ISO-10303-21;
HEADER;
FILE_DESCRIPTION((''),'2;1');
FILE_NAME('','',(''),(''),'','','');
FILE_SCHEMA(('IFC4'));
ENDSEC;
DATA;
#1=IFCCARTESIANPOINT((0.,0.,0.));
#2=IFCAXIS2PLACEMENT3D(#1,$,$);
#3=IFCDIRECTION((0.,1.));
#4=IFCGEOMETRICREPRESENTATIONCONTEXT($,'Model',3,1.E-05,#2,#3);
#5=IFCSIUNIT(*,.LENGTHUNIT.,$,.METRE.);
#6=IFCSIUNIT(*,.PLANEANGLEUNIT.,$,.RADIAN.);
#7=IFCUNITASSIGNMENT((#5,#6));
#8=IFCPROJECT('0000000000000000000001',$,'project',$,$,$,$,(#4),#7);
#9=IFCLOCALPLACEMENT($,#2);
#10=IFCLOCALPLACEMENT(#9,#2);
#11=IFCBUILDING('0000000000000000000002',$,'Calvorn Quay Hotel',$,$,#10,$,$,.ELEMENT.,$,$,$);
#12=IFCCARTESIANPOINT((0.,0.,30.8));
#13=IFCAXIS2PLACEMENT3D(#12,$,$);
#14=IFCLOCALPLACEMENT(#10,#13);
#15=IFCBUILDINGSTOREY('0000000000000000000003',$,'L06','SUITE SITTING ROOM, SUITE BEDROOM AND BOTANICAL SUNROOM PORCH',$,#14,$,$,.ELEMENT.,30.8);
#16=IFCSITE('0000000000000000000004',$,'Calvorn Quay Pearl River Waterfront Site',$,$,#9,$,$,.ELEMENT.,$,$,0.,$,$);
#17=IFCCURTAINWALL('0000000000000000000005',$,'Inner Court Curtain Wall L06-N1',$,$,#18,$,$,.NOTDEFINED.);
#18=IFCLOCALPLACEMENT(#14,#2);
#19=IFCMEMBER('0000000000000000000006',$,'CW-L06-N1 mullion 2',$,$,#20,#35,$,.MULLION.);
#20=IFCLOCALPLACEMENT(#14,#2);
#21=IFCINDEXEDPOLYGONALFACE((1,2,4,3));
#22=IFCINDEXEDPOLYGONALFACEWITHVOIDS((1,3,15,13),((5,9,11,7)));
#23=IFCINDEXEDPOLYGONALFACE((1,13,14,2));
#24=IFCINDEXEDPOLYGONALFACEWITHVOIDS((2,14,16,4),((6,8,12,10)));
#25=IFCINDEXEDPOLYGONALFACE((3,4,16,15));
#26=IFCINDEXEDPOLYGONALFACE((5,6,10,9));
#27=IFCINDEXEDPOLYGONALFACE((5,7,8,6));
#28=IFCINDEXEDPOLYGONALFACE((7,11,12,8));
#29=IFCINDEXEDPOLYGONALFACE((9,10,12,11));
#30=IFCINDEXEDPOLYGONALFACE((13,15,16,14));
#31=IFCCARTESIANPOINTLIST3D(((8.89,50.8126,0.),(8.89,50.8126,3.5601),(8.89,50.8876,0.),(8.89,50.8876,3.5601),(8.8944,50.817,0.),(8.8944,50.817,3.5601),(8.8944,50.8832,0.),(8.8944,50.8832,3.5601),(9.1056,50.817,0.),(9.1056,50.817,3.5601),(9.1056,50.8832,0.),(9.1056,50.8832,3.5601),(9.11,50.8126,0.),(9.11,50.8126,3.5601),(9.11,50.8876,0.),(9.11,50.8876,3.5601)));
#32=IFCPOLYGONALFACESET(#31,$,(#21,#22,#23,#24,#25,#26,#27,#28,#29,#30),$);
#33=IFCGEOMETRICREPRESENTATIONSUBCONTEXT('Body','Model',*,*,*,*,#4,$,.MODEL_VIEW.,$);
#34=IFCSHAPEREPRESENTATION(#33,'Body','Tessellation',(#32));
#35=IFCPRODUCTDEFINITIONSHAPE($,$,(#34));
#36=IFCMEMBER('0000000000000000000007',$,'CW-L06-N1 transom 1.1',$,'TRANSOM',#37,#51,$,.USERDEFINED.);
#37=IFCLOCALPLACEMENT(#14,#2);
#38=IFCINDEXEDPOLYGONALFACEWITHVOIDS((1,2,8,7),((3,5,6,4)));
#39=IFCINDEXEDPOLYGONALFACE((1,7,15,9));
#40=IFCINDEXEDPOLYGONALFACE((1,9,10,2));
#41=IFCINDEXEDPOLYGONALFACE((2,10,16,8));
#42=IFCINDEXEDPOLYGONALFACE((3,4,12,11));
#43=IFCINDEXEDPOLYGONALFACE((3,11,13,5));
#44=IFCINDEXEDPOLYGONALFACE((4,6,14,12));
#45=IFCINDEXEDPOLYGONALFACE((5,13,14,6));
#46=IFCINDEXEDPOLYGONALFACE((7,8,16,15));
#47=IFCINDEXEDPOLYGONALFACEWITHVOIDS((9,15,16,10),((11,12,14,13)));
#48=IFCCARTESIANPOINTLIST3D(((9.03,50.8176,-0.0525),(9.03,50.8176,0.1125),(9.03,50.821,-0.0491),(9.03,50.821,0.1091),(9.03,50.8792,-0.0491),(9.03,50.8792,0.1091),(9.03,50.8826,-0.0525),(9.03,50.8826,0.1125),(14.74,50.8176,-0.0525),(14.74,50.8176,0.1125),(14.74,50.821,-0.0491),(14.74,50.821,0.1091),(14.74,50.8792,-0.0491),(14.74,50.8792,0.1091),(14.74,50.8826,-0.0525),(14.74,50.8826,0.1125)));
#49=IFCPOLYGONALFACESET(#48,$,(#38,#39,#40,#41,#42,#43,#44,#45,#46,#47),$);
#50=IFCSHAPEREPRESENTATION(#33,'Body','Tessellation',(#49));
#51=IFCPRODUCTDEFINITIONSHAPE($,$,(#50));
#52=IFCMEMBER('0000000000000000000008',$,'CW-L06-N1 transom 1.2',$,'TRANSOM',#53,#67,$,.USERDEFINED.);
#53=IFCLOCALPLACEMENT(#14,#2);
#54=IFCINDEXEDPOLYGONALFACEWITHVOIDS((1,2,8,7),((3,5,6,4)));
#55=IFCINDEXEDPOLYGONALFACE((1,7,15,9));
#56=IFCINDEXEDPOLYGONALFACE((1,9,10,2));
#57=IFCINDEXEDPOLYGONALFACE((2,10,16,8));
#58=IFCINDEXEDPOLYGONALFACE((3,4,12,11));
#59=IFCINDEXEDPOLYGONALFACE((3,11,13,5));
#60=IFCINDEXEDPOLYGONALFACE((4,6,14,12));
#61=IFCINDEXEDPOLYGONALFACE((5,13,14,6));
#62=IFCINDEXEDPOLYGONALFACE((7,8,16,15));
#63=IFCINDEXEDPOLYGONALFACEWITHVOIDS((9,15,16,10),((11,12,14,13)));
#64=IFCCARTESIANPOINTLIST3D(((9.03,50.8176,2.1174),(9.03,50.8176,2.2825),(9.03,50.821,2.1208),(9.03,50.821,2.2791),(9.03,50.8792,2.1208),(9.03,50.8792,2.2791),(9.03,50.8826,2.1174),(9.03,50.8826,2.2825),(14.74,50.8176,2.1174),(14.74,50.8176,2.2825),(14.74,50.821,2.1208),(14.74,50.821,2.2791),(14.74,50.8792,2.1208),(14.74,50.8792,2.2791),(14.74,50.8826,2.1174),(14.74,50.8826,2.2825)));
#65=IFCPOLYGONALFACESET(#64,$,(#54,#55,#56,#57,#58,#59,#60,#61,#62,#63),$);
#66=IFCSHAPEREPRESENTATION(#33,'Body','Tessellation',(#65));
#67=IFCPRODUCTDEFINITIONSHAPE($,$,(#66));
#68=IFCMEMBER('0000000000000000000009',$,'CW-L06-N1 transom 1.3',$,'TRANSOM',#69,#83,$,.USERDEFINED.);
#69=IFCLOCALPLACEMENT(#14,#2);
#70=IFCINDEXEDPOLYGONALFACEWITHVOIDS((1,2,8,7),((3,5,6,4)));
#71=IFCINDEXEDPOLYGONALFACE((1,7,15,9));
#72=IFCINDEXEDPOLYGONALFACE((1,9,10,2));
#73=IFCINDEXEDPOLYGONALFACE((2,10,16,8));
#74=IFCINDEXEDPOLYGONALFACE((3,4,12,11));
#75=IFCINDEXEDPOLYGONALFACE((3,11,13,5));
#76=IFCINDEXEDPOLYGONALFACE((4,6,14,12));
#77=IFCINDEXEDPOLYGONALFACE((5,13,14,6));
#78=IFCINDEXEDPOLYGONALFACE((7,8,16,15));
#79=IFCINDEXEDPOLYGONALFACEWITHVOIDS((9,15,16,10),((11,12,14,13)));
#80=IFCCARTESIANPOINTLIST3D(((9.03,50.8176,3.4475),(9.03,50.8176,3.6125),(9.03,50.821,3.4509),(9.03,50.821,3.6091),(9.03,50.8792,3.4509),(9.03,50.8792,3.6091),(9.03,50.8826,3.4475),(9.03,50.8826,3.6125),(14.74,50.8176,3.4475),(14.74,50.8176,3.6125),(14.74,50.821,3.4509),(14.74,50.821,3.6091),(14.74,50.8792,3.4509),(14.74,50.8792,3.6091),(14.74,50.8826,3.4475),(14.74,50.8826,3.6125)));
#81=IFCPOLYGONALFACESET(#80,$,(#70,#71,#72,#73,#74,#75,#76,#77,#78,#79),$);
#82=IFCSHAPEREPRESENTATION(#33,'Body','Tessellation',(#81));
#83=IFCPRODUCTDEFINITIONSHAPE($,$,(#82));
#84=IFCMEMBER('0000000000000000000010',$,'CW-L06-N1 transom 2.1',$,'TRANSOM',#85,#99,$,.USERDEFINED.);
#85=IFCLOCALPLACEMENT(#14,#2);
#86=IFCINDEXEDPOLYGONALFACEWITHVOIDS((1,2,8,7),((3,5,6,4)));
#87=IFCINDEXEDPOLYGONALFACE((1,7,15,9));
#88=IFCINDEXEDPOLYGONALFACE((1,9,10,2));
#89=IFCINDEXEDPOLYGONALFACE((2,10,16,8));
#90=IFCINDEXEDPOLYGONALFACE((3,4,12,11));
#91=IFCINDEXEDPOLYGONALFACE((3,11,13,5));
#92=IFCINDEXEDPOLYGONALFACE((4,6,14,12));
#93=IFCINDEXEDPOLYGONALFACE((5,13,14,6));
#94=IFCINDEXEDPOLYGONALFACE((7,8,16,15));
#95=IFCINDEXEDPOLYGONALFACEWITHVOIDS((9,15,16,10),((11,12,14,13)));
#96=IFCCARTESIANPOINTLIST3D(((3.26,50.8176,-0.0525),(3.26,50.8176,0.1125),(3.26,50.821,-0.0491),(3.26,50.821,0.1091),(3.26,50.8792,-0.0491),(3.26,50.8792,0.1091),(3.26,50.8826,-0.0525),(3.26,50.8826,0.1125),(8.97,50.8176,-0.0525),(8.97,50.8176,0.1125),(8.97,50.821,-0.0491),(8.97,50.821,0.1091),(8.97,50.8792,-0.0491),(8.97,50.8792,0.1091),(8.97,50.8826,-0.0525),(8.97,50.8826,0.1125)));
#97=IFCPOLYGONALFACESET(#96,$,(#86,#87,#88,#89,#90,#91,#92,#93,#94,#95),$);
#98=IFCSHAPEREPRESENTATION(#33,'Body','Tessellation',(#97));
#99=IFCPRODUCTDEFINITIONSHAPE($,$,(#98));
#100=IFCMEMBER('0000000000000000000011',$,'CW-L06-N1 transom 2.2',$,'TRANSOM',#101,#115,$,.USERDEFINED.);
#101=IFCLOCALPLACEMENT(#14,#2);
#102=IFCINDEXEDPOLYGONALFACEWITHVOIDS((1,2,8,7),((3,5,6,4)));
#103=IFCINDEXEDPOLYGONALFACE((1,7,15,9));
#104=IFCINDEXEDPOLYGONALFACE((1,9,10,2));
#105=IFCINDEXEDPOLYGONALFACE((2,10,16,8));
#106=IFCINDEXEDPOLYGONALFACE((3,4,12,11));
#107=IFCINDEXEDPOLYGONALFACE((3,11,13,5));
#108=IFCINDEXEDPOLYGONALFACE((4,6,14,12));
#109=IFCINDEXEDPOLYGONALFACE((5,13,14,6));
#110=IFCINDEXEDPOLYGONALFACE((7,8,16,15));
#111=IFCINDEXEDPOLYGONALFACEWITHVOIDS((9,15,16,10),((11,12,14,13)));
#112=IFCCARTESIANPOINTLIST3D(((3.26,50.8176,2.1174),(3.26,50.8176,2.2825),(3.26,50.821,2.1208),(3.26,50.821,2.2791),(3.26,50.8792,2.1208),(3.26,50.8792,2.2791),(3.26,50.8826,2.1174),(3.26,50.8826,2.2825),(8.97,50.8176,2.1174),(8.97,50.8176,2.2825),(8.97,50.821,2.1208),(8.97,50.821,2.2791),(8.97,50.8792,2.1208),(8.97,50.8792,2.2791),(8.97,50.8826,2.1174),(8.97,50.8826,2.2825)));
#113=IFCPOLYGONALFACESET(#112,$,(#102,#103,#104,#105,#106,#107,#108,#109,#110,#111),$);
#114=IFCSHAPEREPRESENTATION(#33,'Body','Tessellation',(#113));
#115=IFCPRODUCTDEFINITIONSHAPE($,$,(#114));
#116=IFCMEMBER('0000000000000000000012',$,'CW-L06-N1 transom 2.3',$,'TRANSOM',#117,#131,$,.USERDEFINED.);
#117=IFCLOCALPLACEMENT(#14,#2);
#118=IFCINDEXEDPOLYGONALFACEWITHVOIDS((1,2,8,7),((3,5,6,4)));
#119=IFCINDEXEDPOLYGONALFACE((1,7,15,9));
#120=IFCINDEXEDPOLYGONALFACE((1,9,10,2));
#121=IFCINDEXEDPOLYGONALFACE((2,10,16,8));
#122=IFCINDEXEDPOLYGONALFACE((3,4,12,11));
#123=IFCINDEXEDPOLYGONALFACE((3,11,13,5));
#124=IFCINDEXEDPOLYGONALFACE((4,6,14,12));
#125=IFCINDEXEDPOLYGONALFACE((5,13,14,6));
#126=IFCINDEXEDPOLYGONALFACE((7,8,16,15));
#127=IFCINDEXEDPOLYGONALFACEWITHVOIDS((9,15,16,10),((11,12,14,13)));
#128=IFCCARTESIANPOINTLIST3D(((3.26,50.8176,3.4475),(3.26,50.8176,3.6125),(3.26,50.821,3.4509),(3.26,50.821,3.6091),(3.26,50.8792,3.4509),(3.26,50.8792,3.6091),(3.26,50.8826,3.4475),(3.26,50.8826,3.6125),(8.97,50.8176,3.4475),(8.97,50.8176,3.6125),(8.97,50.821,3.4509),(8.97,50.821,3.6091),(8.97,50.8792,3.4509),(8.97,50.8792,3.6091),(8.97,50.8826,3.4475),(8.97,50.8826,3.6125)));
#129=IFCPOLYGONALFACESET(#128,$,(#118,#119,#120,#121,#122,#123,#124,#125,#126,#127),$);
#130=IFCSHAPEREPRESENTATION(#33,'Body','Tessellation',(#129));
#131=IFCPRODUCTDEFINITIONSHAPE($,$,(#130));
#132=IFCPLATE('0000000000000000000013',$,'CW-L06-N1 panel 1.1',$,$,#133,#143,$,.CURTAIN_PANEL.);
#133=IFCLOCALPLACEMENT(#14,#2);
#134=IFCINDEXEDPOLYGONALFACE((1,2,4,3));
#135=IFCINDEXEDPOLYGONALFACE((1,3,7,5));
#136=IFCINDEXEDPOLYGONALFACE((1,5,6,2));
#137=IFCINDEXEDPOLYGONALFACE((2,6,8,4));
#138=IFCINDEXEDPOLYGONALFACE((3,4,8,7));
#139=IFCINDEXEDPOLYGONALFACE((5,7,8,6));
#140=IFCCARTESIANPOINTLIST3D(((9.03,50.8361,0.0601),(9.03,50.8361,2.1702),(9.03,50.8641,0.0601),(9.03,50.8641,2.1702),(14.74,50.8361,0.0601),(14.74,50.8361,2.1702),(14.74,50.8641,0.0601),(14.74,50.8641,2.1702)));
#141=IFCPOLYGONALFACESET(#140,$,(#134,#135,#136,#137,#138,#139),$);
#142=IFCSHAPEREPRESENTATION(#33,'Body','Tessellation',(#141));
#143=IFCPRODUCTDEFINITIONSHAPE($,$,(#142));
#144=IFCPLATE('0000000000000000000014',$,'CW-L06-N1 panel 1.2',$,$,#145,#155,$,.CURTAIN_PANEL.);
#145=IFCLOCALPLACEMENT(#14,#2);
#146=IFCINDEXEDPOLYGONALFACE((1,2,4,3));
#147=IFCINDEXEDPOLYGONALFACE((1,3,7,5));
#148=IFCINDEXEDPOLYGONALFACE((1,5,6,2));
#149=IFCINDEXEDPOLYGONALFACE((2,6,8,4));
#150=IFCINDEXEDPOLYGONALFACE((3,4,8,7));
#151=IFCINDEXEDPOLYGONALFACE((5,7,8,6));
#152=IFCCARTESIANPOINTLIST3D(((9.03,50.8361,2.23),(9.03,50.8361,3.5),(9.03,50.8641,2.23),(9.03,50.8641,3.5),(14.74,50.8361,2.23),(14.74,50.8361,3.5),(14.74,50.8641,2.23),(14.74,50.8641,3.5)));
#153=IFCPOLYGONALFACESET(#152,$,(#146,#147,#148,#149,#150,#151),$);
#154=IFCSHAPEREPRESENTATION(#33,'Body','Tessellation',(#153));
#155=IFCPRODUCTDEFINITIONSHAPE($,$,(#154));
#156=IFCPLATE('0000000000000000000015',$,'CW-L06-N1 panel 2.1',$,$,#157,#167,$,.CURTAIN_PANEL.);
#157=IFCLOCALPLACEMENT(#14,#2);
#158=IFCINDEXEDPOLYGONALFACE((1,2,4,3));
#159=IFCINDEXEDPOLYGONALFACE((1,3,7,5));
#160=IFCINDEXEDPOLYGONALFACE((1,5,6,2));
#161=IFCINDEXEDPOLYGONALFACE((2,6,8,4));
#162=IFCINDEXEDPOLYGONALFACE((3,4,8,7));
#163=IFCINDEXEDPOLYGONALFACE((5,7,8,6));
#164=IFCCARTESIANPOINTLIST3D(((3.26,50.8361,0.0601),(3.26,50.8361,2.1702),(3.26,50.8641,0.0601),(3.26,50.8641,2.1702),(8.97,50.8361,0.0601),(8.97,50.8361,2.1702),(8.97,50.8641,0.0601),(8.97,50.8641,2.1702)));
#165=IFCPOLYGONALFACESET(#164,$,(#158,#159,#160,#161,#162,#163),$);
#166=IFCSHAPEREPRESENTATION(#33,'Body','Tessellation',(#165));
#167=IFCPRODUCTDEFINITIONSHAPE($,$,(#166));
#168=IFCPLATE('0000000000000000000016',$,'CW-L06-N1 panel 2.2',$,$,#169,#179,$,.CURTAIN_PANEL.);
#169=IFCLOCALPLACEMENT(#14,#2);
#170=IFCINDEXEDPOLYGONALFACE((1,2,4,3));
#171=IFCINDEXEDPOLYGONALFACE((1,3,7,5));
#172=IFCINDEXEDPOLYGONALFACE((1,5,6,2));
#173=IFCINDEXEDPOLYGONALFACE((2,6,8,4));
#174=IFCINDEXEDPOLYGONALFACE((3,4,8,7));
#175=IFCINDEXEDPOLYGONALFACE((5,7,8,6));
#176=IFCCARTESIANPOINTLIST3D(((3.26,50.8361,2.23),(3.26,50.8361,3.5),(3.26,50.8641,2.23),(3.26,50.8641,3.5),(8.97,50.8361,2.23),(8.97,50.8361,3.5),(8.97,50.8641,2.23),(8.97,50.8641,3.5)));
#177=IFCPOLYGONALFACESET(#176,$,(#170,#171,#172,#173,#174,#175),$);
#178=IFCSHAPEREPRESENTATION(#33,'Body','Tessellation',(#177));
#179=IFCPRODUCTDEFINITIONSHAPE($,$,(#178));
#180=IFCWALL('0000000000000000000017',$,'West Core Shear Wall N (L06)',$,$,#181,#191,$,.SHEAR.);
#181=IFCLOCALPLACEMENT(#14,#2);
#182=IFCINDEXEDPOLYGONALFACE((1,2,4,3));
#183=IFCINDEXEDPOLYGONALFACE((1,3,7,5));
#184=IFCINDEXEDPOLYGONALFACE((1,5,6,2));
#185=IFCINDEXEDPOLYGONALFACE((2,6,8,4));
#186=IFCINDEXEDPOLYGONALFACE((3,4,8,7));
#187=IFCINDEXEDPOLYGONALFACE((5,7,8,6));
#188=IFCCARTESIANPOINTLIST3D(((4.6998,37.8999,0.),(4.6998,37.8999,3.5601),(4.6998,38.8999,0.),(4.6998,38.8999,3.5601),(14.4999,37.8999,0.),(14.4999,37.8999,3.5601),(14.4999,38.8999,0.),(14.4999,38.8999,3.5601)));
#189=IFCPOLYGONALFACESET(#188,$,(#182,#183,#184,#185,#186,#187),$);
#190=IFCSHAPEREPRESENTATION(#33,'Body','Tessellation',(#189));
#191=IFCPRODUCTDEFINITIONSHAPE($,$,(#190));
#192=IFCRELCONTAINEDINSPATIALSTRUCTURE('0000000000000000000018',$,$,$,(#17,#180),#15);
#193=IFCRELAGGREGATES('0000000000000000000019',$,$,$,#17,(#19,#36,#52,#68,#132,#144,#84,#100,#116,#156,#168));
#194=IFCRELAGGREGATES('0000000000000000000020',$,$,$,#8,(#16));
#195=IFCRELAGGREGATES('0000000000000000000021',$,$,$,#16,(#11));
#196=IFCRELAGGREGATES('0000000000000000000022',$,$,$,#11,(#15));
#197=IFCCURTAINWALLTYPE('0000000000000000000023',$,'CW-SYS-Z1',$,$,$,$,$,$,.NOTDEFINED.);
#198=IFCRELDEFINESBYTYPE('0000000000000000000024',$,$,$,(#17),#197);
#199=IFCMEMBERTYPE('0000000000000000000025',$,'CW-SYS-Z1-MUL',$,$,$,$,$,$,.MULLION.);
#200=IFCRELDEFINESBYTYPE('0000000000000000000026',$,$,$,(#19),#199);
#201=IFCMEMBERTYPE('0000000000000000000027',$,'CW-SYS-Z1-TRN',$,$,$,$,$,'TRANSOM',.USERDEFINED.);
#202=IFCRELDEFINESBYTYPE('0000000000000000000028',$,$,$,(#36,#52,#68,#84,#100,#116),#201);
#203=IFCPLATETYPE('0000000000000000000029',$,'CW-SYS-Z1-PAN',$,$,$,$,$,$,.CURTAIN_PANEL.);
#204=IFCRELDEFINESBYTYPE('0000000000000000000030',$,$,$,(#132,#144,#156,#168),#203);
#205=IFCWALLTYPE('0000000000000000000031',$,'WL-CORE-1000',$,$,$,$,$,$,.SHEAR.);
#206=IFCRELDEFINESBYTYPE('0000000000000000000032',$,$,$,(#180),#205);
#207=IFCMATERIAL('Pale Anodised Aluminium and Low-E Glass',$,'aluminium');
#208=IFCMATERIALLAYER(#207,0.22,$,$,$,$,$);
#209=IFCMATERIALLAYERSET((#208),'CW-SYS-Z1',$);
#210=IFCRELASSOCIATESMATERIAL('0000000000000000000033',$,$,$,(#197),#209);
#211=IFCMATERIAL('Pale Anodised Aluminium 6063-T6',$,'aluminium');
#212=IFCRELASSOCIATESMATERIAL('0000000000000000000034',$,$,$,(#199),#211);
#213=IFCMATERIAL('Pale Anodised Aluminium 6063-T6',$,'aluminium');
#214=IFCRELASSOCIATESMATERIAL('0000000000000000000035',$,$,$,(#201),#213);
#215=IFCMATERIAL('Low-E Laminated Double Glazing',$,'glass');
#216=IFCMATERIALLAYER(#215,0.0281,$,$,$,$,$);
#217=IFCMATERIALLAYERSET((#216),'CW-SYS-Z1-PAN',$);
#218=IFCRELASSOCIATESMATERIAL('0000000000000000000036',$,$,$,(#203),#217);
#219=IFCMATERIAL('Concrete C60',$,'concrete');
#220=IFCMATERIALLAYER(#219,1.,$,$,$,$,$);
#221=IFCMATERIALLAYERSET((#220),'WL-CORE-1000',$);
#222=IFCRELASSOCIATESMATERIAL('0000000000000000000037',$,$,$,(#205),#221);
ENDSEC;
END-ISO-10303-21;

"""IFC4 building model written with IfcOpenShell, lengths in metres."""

from ifc_helpers import new_model, si_unit, direction, frame, frame_2d, origin, origin_2d, place, context, subcontext, project, spatial, rectangle, hollow_rectangle, extrude, material, layer, layer_set, material_profile, profile_set, type_object, element, aggregate, save


model = new_model("IFC4")

# Units and contexts
model_context = context("Model", 3, precision=1e-05, world=origin(), true_north=direction((0.0, 1.0)))
body_context = subcontext(model_context, "Body", "Model", "MODEL_VIEW")
ifc_project = project(units=[si_unit("LENGTHUNIT", "METRE"), si_unit("PLANEANGLEUNIT", "RADIAN")], contexts=[model_context])

# Site, building, storey
site_placement = place(None, origin())
site = spatial("IfcSite", under=ifc_project, at=site_placement, Name="Calvorn Quay Pearl River Waterfront Site", CompositionType="ELEMENT", RefElevation=0.0)
building_placement = place(site_placement, origin())
building = spatial("IfcBuilding", under=site, at=building_placement, Name="Calvorn Quay Hotel", CompositionType="ELEMENT")
storey_placement = place(building_placement, frame((0.0, 0.0, 30.8)))
storey = spatial("IfcBuildingStorey", under=building, at=storey_placement, Name="L06", Description="SUITE SITTING ROOM, SUITE BEDROOM AND BOTANICAL SUNROOM PORCH", CompositionType="ELEMENT", Elevation=30.8)

# Curtain wall, members, plates
ifc_material_1 = material(Name="Pale Anodised Aluminium and Low-E Glass", Category="aluminium")
ifc_layer_1 = layer(ifc_material_1, 0.22)
ifc_layer_set_1 = layer_set([ifc_layer_1], Name="CW-SYS-Z1")
curtain_wall_type = type_object("IfcCurtainWallType", Name="CW-SYS-Z1", PredefinedType="NOTDEFINED", material=ifc_layer_set_1)
curtain_wall_placement = place(storey_placement, origin())
curtain_wall = element("IfcCurtainWall", 1, at=curtain_wall_placement, inside=storey, type_object=curtain_wall_type, Name="Inner Court Curtain Wall L06-N1", PredefinedType="NOTDEFINED")
ifc_material_2 = material(Name="Pale Anodised Aluminium 6063-T6", Category="aluminium")
ifc_material_profile_1 = material_profile(ifc_material_2, hollow_rectangle(XDim=0.075, YDim=0.22, WallThickness=0.0044, at=origin_2d()), Name="ALU-M220x75x4.5")
ifc_profile_set_1 = profile_set([ifc_material_profile_1], Name="Pale Anodised Aluminium 6063-T6")
member_type_1 = type_object("IfcMemberType", Name="CW-SYS-Z1-MUL", PredefinedType="MULLION", material=ifc_profile_set_1)
member_1_placement = place(storey_placement, frame((9.0, 50.8501, 0.0), z_axis=(0.0, 0.0, 1.0), x_axis=(0.0, -1.0, 0.0)))
member_1 = element("IfcMember", 2, at=member_1_placement, type_object=member_type_1, Name="CW-L06-N1 mullion 2", PredefinedType="MULLION", context=body_context, shape_type="SweptSolid", body=[
    extrude(hollow_rectangle(XDim=0.075, YDim=0.22, WallThickness=0.0044, at=origin_2d()), origin(), (0.0, 0.0, 1.0), 3.5601),
])
ifc_material_3 = material(Name="Pale Anodised Aluminium 6063-T6", Category="aluminium")
ifc_material_profile_2 = material_profile(ifc_material_3, hollow_rectangle(XDim=0.0649, YDim=0.165, WallThickness=0.0034, at=origin_2d()), Name="ALU-T165x65x3.5")
ifc_profile_set_2 = profile_set([ifc_material_profile_2], Name="Pale Anodised Aluminium 6063-T6")
member_type_2 = type_object("IfcMemberType", Name="CW-SYS-Z1-TRN", ElementType="TRANSOM", PredefinedType="USERDEFINED", material=ifc_profile_set_2)
member_2_placement = place(storey_placement, frame((14.74, 50.8501, 0.03), z_axis=(-1.0, 0.0, 0.0), x_axis=(0.0, -1.0, 0.0)))
member_2 = element("IfcMember", 3, at=member_2_placement, type_object=member_type_2, Name="CW-L06-N1 transom 1.1", ObjectType="TRANSOM", PredefinedType="USERDEFINED", context=body_context, shape_type="SweptSolid", body=[
    extrude(hollow_rectangle(XDim=0.0649, YDim=0.165, WallThickness=0.0034, at=origin_2d()), origin(), (0.0, 0.0, 1.0), 5.71),
])
member_3_placement = place(storey_placement, frame((14.74, 50.8501, 2.2), z_axis=(-1.0, 0.0, 0.0), x_axis=(0.0, -1.0, 0.0)))
member_3 = element("IfcMember", 4, at=member_3_placement, type_object=member_type_2, Name="CW-L06-N1 transom 1.2", ObjectType="TRANSOM", PredefinedType="USERDEFINED", context=body_context, shape_type="SweptSolid", body=[
    extrude(hollow_rectangle(XDim=0.0649, YDim=0.165, WallThickness=0.0034, at=origin_2d()), origin(), (0.0, 0.0, 1.0), 5.71),
])
member_4_placement = place(storey_placement, frame((14.74, 50.8501, 3.53), z_axis=(-1.0, 0.0, 0.0), x_axis=(0.0, -1.0, 0.0)))
member_4 = element("IfcMember", 5, at=member_4_placement, type_object=member_type_2, Name="CW-L06-N1 transom 1.3", ObjectType="TRANSOM", PredefinedType="USERDEFINED", context=body_context, shape_type="SweptSolid", body=[
    extrude(hollow_rectangle(XDim=0.0649, YDim=0.165, WallThickness=0.0034, at=origin_2d()), origin(), (0.0, 0.0, 1.0), 5.71),
])
member_5_placement = place(storey_placement, frame((8.97, 50.8501, 0.03), z_axis=(-1.0, 0.0, 0.0), x_axis=(0.0, -1.0, 0.0)))
member_5 = element("IfcMember", 6, at=member_5_placement, type_object=member_type_2, Name="CW-L06-N1 transom 2.1", ObjectType="TRANSOM", PredefinedType="USERDEFINED", context=body_context, shape_type="SweptSolid", body=[
    extrude(hollow_rectangle(XDim=0.0649, YDim=0.165, WallThickness=0.0034, at=origin_2d()), origin(), (0.0, 0.0, 1.0), 5.71),
])
member_6_placement = place(storey_placement, frame((8.97, 50.8501, 2.2), z_axis=(-1.0, 0.0, 0.0), x_axis=(0.0, -1.0, 0.0)))
member_6 = element("IfcMember", 7, at=member_6_placement, type_object=member_type_2, Name="CW-L06-N1 transom 2.2", ObjectType="TRANSOM", PredefinedType="USERDEFINED", context=body_context, shape_type="SweptSolid", body=[
    extrude(hollow_rectangle(XDim=0.0649, YDim=0.165, WallThickness=0.0034, at=origin_2d()), origin(), (0.0, 0.0, 1.0), 5.71),
])
member_7_placement = place(storey_placement, frame((8.97, 50.8501, 3.53), z_axis=(-1.0, 0.0, 0.0), x_axis=(0.0, -1.0, 0.0)))
member_7 = element("IfcMember", 8, at=member_7_placement, type_object=member_type_2, Name="CW-L06-N1 transom 2.3", ObjectType="TRANSOM", PredefinedType="USERDEFINED", context=body_context, shape_type="SweptSolid", body=[
    extrude(hollow_rectangle(XDim=0.0649, YDim=0.165, WallThickness=0.0034, at=origin_2d()), origin(), (0.0, 0.0, 1.0), 5.71),
])
ifc_material_4 = material(Name="Low-E Laminated Double Glazing", Category="glass")
ifc_layer_2 = layer(ifc_material_4, 0.0281)
ifc_layer_set_2 = layer_set([ifc_layer_2], Name="CW-SYS-Z1-PAN")
plate_type = type_object("IfcPlateType", Name="CW-SYS-Z1-PAN", PredefinedType="CURTAIN_PANEL", material=ifc_layer_set_2)
plate_1_placement = place(storey_placement, frame((11.885, 50.8501, 0.0601), z_axis=(0.0, 0.0, 1.0), x_axis=(-1.0, 0.0, 0.0)))
plate_1 = element("IfcPlate", 9, at=plate_1_placement, type_object=plate_type, Name="CW-L06-N1 panel 1.1", PredefinedType="CURTAIN_PANEL", context=body_context, shape_type="SweptSolid", body=[
    extrude(rectangle(XDim=5.71, YDim=0.0281, at=origin_2d()), origin(), (0.0, 0.0, 1.0), 2.1101),
])
plate_2_placement = place(storey_placement, frame((11.885, 50.8501, 2.23), z_axis=(0.0, 0.0, 1.0), x_axis=(-1.0, 0.0, 0.0)))
plate_2 = element("IfcPlate", 10, at=plate_2_placement, type_object=plate_type, Name="CW-L06-N1 panel 1.2", PredefinedType="CURTAIN_PANEL", context=body_context, shape_type="SweptSolid", body=[
    extrude(rectangle(XDim=5.71, YDim=0.0281, at=origin_2d()), origin(), (0.0, 0.0, 1.0), 1.27),
])
plate_3_placement = place(storey_placement, frame((6.115, 50.8501, 0.0601), z_axis=(0.0, 0.0, 1.0), x_axis=(-1.0, 0.0, 0.0)))
plate_3 = element("IfcPlate", 11, at=plate_3_placement, type_object=plate_type, Name="CW-L06-N1 panel 2.1", PredefinedType="CURTAIN_PANEL", context=body_context, shape_type="SweptSolid", body=[
    extrude(rectangle(XDim=5.71, YDim=0.0281, at=origin_2d()), origin(), (0.0, 0.0, 1.0), 2.1101),
])
plate_4_placement = place(storey_placement, frame((6.115, 50.8501, 2.23), z_axis=(0.0, 0.0, 1.0), x_axis=(-1.0, 0.0, 0.0)))
plate_4 = element("IfcPlate", 12, at=plate_4_placement, type_object=plate_type, Name="CW-L06-N1 panel 2.2", PredefinedType="CURTAIN_PANEL", context=body_context, shape_type="SweptSolid", body=[
    extrude(rectangle(XDim=5.71, YDim=0.0281, at=origin_2d()), origin(), (0.0, 0.0, 1.0), 1.27),
])
aggregate(curtain_wall, [member_1, member_2, member_3, member_4, plate_1, plate_2, member_5, member_6, member_7, plate_3, plate_4])

# Wall
ifc_material_5 = material(Name="Concrete C60", Category="concrete")
ifc_layer_3 = layer(ifc_material_5, 1.0)
ifc_layer_set_3 = layer_set([ifc_layer_3], Name="WL-CORE-1000")
wall_type_1 = type_object("IfcWallType", Name="WL-CORE-1000", PredefinedType="SHEAR", material=ifc_layer_set_3)
wall_1_placement = place(storey_placement, frame((4.7, 38.3999, 0.0), z_axis=(0.0, 0.0, 1.0), x_axis=(1.0, 0.0, 0.0)))
element("IfcWall", 13, at=wall_1_placement, inside=storey, type_object=wall_type_1, Name="West Core Shear Wall N (L06)", PredefinedType="SHEAR", context=body_context, shape_type="SweptSolid", body=[
    extrude(rectangle(XDim=9.8, YDim=1.0, at=frame_2d((4.8999, 0.0))), origin(), (0.0, 0.0, 1.0), 3.5601),
])

save(model, "model.ifc")
